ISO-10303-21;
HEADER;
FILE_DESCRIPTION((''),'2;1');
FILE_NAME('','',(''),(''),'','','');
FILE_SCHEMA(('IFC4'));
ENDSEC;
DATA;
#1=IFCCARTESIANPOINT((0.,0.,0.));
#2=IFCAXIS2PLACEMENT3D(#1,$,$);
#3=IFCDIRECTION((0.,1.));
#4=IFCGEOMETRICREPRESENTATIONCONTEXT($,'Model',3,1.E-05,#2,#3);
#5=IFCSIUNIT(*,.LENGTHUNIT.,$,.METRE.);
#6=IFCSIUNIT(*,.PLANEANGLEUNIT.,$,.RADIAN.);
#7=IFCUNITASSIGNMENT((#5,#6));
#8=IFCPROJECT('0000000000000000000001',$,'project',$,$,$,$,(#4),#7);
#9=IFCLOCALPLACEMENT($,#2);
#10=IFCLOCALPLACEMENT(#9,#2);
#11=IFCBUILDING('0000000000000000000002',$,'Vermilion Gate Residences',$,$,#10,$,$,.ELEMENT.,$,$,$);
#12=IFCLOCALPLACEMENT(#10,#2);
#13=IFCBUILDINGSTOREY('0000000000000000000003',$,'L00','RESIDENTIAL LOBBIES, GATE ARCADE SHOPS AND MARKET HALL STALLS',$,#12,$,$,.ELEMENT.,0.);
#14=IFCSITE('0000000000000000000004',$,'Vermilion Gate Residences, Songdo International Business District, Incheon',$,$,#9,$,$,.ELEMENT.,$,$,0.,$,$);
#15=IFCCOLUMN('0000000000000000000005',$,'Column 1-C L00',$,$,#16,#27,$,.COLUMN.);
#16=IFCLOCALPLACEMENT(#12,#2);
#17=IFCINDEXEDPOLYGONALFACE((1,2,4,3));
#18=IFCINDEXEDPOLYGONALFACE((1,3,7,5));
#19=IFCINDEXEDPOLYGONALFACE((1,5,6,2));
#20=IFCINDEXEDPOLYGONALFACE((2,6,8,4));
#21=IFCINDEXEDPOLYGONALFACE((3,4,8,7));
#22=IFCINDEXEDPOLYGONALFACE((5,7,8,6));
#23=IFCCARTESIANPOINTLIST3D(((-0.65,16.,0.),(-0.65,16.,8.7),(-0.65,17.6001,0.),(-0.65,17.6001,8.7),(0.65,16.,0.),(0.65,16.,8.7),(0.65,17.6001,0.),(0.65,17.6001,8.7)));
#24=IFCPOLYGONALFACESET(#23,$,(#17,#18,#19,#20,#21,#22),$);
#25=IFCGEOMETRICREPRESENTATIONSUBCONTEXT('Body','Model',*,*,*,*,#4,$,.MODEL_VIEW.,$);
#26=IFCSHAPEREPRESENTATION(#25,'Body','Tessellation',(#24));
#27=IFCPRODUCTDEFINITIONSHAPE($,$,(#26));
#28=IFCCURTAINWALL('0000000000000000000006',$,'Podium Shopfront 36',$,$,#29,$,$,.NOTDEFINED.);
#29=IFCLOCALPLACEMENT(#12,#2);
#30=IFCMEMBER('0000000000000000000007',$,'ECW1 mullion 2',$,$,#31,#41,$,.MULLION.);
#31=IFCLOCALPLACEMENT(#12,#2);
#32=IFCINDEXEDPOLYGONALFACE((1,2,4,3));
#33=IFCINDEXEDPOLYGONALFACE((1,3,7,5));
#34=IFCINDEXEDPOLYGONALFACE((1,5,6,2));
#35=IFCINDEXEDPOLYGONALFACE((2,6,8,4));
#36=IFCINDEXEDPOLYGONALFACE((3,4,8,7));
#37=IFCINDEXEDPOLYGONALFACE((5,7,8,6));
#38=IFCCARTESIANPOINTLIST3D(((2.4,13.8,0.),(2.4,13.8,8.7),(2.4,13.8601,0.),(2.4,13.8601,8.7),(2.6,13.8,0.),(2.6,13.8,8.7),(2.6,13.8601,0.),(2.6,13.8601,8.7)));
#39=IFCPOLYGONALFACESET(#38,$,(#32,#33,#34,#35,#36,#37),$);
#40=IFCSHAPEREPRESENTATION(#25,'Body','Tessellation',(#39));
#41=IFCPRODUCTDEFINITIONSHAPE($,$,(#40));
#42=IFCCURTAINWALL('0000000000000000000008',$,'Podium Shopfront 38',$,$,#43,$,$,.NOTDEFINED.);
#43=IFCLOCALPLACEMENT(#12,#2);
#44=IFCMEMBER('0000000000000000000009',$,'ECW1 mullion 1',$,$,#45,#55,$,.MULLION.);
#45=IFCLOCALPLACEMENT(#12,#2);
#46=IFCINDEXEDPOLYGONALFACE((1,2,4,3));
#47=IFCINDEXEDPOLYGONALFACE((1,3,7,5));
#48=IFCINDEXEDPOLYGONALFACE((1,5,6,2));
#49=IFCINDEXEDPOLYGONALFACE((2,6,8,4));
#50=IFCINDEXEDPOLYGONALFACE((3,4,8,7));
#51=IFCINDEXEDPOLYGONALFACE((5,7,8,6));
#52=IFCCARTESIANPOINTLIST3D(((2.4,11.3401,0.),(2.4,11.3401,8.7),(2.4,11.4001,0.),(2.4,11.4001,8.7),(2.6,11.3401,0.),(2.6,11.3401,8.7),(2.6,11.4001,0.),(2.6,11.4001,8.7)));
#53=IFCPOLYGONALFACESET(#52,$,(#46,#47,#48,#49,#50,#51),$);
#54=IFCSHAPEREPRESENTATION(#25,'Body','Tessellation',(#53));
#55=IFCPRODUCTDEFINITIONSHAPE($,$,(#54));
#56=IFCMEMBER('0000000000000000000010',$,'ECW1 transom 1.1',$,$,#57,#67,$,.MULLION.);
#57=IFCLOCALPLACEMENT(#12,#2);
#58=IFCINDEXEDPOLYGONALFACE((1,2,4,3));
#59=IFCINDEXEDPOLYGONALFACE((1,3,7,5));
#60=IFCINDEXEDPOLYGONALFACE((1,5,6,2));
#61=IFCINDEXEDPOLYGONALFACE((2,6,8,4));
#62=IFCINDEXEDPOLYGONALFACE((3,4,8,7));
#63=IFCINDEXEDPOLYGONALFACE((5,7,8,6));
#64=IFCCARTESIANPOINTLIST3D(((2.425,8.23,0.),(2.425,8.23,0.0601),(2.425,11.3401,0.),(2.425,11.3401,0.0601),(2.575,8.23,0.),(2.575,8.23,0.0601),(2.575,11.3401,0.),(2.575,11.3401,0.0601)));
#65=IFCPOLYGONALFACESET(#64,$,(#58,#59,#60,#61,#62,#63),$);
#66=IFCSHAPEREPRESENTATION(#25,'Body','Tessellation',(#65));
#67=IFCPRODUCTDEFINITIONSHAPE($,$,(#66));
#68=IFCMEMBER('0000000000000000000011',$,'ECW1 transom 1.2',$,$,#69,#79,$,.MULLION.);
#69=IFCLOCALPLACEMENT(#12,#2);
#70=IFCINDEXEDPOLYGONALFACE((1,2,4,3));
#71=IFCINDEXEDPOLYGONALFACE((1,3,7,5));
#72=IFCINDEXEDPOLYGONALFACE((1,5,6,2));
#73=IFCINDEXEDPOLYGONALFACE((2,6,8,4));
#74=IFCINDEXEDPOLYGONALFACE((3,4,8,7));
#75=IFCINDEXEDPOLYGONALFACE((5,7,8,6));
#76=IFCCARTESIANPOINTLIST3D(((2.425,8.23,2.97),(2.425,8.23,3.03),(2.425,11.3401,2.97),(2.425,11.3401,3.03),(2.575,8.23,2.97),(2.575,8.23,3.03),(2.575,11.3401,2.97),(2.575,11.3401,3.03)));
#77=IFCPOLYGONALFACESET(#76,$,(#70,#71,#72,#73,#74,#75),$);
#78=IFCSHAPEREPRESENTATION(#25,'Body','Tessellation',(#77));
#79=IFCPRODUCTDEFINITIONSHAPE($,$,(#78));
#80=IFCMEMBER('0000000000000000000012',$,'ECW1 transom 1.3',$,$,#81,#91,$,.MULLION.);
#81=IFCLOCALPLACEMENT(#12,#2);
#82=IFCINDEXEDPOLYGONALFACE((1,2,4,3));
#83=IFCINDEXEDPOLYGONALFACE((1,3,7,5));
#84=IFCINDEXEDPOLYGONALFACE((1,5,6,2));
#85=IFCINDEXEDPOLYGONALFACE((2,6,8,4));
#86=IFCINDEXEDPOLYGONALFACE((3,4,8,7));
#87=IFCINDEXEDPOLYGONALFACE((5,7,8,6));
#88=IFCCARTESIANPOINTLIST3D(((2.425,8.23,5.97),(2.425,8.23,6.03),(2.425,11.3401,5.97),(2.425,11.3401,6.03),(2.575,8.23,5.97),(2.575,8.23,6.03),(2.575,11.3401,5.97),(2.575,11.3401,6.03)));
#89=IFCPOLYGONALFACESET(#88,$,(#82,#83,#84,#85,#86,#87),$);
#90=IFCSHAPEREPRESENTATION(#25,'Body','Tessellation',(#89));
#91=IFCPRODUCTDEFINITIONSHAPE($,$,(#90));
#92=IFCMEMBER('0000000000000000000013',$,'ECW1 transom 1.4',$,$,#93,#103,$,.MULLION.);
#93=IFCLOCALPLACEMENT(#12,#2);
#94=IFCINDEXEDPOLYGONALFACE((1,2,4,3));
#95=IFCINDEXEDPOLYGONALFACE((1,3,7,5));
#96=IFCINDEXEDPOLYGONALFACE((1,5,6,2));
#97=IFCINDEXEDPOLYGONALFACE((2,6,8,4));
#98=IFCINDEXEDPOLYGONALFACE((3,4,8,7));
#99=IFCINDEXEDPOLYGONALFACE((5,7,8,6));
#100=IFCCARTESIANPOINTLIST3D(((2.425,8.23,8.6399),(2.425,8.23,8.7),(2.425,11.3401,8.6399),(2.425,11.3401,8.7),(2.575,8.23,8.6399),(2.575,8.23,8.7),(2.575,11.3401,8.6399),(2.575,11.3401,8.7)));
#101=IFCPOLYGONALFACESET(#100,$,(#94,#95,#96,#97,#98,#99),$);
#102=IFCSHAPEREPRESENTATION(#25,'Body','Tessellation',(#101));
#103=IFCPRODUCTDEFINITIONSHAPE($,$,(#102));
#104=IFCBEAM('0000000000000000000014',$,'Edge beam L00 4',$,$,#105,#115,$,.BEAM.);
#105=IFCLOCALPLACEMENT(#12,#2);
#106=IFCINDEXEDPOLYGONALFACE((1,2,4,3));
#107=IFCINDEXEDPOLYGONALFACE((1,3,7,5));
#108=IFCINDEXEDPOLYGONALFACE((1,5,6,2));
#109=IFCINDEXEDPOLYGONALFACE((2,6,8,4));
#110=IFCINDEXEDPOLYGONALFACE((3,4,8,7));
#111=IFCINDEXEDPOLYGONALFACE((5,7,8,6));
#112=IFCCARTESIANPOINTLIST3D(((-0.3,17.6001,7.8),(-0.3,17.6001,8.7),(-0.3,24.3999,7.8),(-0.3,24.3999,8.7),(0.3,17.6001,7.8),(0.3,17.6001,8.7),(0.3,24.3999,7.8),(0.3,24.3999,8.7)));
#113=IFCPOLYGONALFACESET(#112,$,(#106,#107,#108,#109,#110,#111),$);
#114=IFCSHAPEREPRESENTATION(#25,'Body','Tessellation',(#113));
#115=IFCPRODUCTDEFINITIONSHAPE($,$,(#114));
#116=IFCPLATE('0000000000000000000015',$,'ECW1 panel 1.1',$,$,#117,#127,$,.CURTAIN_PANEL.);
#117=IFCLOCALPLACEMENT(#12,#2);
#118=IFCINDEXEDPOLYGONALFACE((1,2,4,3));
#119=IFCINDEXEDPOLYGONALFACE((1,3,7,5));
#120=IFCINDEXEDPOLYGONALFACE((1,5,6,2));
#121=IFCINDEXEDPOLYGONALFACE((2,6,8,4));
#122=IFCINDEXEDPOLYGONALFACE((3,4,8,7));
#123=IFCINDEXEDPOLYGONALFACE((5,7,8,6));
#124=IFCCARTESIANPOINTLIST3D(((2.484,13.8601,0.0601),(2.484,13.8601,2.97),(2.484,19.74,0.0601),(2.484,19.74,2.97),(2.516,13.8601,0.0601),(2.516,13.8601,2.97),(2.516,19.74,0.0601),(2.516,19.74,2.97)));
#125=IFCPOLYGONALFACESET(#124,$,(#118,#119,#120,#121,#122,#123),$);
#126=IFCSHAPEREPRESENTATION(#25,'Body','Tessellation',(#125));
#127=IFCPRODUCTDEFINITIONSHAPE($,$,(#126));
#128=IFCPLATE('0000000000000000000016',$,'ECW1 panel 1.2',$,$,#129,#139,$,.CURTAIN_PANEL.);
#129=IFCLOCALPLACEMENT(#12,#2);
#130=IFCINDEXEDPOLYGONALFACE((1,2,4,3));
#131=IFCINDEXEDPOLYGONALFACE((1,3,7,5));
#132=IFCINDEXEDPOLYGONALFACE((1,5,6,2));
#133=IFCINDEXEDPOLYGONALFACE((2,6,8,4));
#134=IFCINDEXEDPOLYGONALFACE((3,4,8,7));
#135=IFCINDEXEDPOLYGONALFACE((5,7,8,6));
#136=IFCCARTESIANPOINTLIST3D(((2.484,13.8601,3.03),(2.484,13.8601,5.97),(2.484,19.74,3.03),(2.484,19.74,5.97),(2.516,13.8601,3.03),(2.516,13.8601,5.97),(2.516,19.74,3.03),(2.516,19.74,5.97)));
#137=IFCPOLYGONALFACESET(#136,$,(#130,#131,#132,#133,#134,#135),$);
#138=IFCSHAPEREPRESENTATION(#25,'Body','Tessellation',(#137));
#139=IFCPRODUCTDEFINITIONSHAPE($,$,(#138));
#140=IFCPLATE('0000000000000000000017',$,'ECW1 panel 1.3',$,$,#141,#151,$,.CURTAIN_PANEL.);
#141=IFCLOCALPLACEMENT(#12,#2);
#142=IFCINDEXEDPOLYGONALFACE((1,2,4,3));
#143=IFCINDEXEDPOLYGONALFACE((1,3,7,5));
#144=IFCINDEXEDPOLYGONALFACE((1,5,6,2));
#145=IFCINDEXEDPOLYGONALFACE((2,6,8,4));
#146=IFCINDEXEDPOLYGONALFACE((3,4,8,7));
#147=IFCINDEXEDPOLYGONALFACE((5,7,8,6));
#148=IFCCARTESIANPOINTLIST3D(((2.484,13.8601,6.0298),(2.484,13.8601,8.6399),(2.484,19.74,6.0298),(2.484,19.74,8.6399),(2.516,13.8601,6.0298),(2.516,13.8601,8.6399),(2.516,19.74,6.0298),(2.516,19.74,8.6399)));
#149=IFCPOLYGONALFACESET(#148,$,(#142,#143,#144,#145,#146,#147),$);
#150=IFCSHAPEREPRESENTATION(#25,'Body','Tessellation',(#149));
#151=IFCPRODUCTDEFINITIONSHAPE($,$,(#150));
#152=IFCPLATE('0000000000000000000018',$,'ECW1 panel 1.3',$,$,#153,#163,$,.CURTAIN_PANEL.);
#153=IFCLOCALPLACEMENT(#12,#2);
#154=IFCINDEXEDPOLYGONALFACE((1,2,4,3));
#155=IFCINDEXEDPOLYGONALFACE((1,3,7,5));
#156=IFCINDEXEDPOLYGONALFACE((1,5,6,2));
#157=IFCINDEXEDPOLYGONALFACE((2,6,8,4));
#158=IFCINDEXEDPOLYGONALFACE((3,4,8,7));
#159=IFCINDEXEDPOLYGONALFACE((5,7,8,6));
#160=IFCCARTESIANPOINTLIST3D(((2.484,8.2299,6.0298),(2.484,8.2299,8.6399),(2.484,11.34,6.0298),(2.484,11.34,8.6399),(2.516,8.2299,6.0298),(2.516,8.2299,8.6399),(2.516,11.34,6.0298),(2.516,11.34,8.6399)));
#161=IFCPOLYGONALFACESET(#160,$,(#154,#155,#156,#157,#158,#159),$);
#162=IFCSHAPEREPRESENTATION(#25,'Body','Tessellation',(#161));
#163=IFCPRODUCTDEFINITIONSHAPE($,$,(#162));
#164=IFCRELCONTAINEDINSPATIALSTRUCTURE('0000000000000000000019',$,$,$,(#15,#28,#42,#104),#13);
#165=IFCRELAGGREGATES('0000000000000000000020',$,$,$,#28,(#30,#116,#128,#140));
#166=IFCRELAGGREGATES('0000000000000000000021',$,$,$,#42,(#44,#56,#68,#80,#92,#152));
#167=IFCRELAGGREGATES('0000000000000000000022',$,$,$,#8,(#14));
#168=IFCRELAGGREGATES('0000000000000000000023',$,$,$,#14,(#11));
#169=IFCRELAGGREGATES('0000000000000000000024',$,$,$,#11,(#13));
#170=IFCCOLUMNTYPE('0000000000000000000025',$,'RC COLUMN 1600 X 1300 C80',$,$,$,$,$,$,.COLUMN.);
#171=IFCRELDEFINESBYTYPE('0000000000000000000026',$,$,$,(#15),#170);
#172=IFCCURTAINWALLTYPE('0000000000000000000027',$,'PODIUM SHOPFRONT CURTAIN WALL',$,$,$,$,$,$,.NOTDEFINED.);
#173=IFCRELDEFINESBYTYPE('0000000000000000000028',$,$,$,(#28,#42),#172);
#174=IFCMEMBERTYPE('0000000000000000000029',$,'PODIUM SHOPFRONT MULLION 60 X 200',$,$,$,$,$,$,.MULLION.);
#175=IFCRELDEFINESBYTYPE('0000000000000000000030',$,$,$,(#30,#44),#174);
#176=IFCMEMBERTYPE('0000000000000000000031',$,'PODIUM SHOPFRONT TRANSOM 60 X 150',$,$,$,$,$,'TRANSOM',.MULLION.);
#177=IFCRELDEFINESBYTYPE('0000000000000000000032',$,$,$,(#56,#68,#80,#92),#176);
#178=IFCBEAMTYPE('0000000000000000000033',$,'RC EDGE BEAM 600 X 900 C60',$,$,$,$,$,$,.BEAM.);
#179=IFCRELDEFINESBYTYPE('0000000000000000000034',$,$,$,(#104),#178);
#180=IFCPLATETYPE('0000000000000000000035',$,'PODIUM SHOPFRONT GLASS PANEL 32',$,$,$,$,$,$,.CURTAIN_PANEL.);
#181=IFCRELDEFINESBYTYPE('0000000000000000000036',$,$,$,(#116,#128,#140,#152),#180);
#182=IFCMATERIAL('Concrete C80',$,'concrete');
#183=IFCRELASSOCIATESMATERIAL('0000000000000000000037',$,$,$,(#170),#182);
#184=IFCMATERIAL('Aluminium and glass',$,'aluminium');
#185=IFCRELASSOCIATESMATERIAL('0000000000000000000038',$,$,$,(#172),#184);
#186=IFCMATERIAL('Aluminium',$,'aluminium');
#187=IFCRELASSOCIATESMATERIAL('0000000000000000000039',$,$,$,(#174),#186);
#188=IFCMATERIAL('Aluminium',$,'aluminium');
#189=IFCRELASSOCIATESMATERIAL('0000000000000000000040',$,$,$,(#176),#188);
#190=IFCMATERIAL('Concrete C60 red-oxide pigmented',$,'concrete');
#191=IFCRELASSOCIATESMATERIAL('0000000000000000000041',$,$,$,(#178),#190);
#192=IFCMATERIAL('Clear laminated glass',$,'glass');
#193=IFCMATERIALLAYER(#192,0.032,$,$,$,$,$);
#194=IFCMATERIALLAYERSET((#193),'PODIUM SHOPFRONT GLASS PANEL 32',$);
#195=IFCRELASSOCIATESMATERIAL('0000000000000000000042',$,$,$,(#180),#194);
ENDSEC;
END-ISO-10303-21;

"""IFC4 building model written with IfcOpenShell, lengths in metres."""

from ifc_helpers import new_model, si_unit, direction, frame, origin, origin_2d, place, context, subcontext, project, spatial, rectangle, extrude, material, layer, layer_set, material_profile, profile_set, type_object, element, aggregate, save


model = new_model("IFC4")

# Units and contexts
model_context = context("Model", 3, precision=1e-05, world=origin(), true_north=direction((0.0, 1.0)))
body_context = subcontext(model_context, "Body", "Model", "MODEL_VIEW")
ifc_project = project(units=[si_unit("LENGTHUNIT", "METRE"), si_unit("PLANEANGLEUNIT", "RADIAN")], contexts=[model_context])

# Site, building, storey
site_placement = place(None, origin())
site = spatial("IfcSite", under=ifc_project, at=site_placement, Name="Vermilion Gate Residences, Songdo International Business District, Incheon", CompositionType="ELEMENT", RefElevation=0.0)
building_placement = place(site_placement, origin())
building = spatial("IfcBuilding", under=site, at=building_placement, Name="Vermilion Gate Residences", CompositionType="ELEMENT")
storey_placement = place(building_placement, origin())
storey = spatial("IfcBuildingStorey", under=building, at=storey_placement, Name="L00", Description="RESIDENTIAL LOBBIES, GATE ARCADE SHOPS AND MARKET HALL STALLS", CompositionType="ELEMENT", Elevation=0.0)

# Column
ifc_material_1 = material(Name="Concrete C80", Category="concrete")
ifc_material_profile_1 = material_profile(ifc_material_1, rectangle(XDim=1.6001, YDim=1.3, at=origin_2d()), Name="RC-1600x1300")
ifc_profile_set_1 = profile_set([ifc_material_profile_1], Name="Concrete C80")
column_type = type_object("IfcColumnType", Name="RC COLUMN 1600 X 1300 C80", PredefinedType="COLUMN", material=ifc_profile_set_1)
column_placement = place(storey_placement, frame((0.0, 16.8, 0.0), z_axis=(0.0, 0.0, 1.0), x_axis=(0.0, 1.0, 0.0)))
element("IfcColumn", 1, at=column_placement, inside=storey, type_object=column_type, Name="Column 1-C L00", PredefinedType="COLUMN", context=body_context, shape_type="SweptSolid", body=[
    extrude(rectangle(XDim=1.6001, YDim=1.3, at=origin_2d()), origin(), (0.0, 0.0, 1.0), 8.7),
])

# Curtain wall, member
ifc_material_2 = material(Name="Aluminium and glass", Category="aluminium")
curtain_wall_type = type_object("IfcCurtainWallType", Name="PODIUM SHOPFRONT CURTAIN WALL", PredefinedType="NOTDEFINED", material=ifc_material_2)
curtain_wall_1_placement = place(storey_placement, origin())
curtain_wall_1 = element("IfcCurtainWall", 2, at=curtain_wall_1_placement, inside=storey, type_object=curtain_wall_type, Name="Podium Shopfront 36", PredefinedType="NOTDEFINED")
ifc_material_3 = material(Name="Aluminium", Category="aluminium")
ifc_material_profile_2 = material_profile(ifc_material_3, rectangle(XDim=0.2, YDim=0.0601, at=origin_2d()), Name="MULLION 60 X 200")
ifc_profile_set_2 = profile_set([ifc_material_profile_2], Name="Aluminium")
member_type_1 = type_object("IfcMemberType", Name="PODIUM SHOPFRONT MULLION 60 X 200", PredefinedType="MULLION", material=ifc_profile_set_2)
member_1_placement = place(storey_placement, frame((2.5, 13.8301, 0.0), z_axis=(0.0, 0.0, 1.0), x_axis=(1.0, 0.0, 0.0)))
member_1 = element("IfcMember", 3, at=member_1_placement, type_object=member_type_1, Name="ECW1 mullion 2", PredefinedType="MULLION", context=body_context, shape_type="SweptSolid", body=[
    extrude(rectangle(XDim=0.2, YDim=0.0601, at=origin_2d()), origin(), (0.0, 0.0, 1.0), 8.7),
])

# Curtain wall, members
curtain_wall_2_placement = place(storey_placement, origin())
curtain_wall_2 = element("IfcCurtainWall", 4, at=curtain_wall_2_placement, inside=storey, type_object=curtain_wall_type, Name="Podium Shopfront 38", PredefinedType="NOTDEFINED")
member_2_placement = place(storey_placement, frame((2.5, 11.3701, 0.0), z_axis=(0.0, 0.0, 1.0), x_axis=(1.0, 0.0, 0.0)))
member_2 = element("IfcMember", 5, at=member_2_placement, type_object=member_type_1, Name="ECW1 mullion 1", PredefinedType="MULLION", context=body_context, shape_type="SweptSolid", body=[
    extrude(rectangle(XDim=0.2, YDim=0.0601, at=origin_2d()), origin(), (0.0, 0.0, 1.0), 8.7),
])
ifc_material_4 = material(Name="Aluminium", Category="aluminium")
ifc_material_profile_3 = material_profile(ifc_material_4, rectangle(XDim=0.1499, YDim=0.0601, at=origin_2d()), Name="TRANSOM 60 X 150")
ifc_profile_set_3 = profile_set([ifc_material_profile_3], Name="Aluminium")
member_type_2 = type_object("IfcMemberType", Name="PODIUM SHOPFRONT TRANSOM 60 X 150", ElementType="TRANSOM", PredefinedType="MULLION", material=ifc_profile_set_3)
member_3_placement = place(storey_placement, frame((2.5, 11.3401, 0.03), z_axis=(0.0, -1.0, 0.0), x_axis=(1.0, 0.0, 0.0)))
member_3 = element("IfcMember", 6, at=member_3_placement, type_object=member_type_2, Name="ECW1 transom 1.1", PredefinedType="MULLION", context=body_context, shape_type="SweptSolid", body=[
    extrude(rectangle(XDim=0.1499, YDim=0.0601, at=origin_2d()), origin(), (0.0, 0.0, 1.0), 3.1101),
])
member_4_placement = place(storey_placement, frame((2.5, 11.3401, 3.0), z_axis=(0.0, -1.0, 0.0), x_axis=(1.0, 0.0, 0.0)))
member_4 = element("IfcMember", 7, at=member_4_placement, type_object=member_type_2, Name="ECW1 transom 1.2", PredefinedType="MULLION", context=body_context, shape_type="SweptSolid", body=[
    extrude(rectangle(XDim=0.1499, YDim=0.0601, at=origin_2d()), origin(), (0.0, 0.0, 1.0), 3.1101),
])
member_5_placement = place(storey_placement, frame((2.5, 11.3401, 6.0), z_axis=(0.0, -1.0, 0.0), x_axis=(1.0, 0.0, 0.0)))
member_5 = element("IfcMember", 8, at=member_5_placement, type_object=member_type_2, Name="ECW1 transom 1.3", PredefinedType="MULLION", context=body_context, shape_type="SweptSolid", body=[
    extrude(rectangle(XDim=0.1499, YDim=0.0601, at=origin_2d()), origin(), (0.0, 0.0, 1.0), 3.1101),
])
member_6_placement = place(storey_placement, frame((2.5, 11.3401, 8.6699), z_axis=(0.0, -1.0, 0.0), x_axis=(1.0, 0.0, 0.0)))
member_6 = element("IfcMember", 9, at=member_6_placement, type_object=member_type_2, Name="ECW1 transom 1.4", PredefinedType="MULLION", context=body_context, shape_type="SweptSolid", body=[
    extrude(rectangle(XDim=0.1499, YDim=0.0601, at=origin_2d()), origin(), (0.0, 0.0, 1.0), 3.1101),
])

# Beam
ifc_material_5 = material(Name="Concrete C60 red-oxide pigmented", Category="concrete")
ifc_material_profile_4 = material_profile(ifc_material_5, rectangle(XDim=0.6001, YDim=0.8999, at=origin_2d()), Name="RC-600x900")
ifc_profile_set_4 = profile_set([ifc_material_profile_4], Name="Concrete C60 red-oxide pigmented")
beam_type = type_object("IfcBeamType", Name="RC EDGE BEAM 600 X 900 C60", PredefinedType="BEAM", material=ifc_profile_set_4)
beam_placement = place(storey_placement, frame((0.0, 17.6001, 8.25), z_axis=(0.0, 1.0, 0.0), x_axis=(-1.0, 0.0, 0.0)))
element("IfcBeam", 10, at=beam_placement, inside=storey, type_object=beam_type, Name="Edge beam L00 4", PredefinedType="BEAM", context=body_context, shape_type="SweptSolid", body=[
    extrude(rectangle(XDim=0.6001, YDim=0.8999, at=origin_2d()), origin(), (0.0, 0.0, 1.0), 6.7998),
])

# Plates
ifc_material_6 = material(Name="Clear laminated glass", Category="glass")
ifc_layer_1 = layer(ifc_material_6, 0.032)
ifc_layer_set_1 = layer_set([ifc_layer_1], Name="PODIUM SHOPFRONT GLASS PANEL 32")
plate_type = type_object("IfcPlateType", Name="PODIUM SHOPFRONT GLASS PANEL 32", PredefinedType="CURTAIN_PANEL", material=ifc_layer_set_1)
plate_1_placement = place(storey_placement, frame((2.5, 16.8, 0.0601), z_axis=(0.0, 0.0, 1.0), x_axis=(0.0, -1.0, 0.0)))
plate_1 = element("IfcPlate", 11, at=plate_1_placement, type_object=plate_type, Name="ECW1 panel 1.1", PredefinedType="CURTAIN_PANEL", context=body_context, shape_type="SweptSolid", body=[
    extrude(rectangle(XDim=5.8799, YDim=0.032, at=origin_2d()), origin(), (0.0, 0.0, 1.0), 2.9099),
])
plate_2_placement = place(storey_placement, frame((2.5, 16.8, 3.03), z_axis=(0.0, 0.0, 1.0), x_axis=(0.0, -1.0, 0.0)))
plate_2 = element("IfcPlate", 12, at=plate_2_placement, type_object=plate_type, Name="ECW1 panel 1.2", PredefinedType="CURTAIN_PANEL", context=body_context, shape_type="SweptSolid", body=[
    extrude(rectangle(XDim=5.8799, YDim=0.032, at=origin_2d()), origin(), (0.0, 0.0, 1.0), 2.9399),
])
plate_3_placement = place(storey_placement, frame((2.5, 16.8, 6.0298), z_axis=(0.0, 0.0, 1.0), x_axis=(0.0, -1.0, 0.0)))
plate_3 = element("IfcPlate", 13, at=plate_3_placement, type_object=plate_type, Name="ECW1 panel 1.3", PredefinedType="CURTAIN_PANEL", context=body_context, shape_type="SweptSolid", body=[
    extrude(rectangle(XDim=5.8799, YDim=0.032, at=origin_2d()), origin(), (0.0, 0.0, 1.0), 2.6101),
])
aggregate(curtain_wall_1, [member_1, plate_1, plate_2, plate_3])
plate_4_placement = place(storey_placement, frame((2.5, 9.7849, 6.0298), z_axis=(0.0, 0.0, 1.0), x_axis=(0.0, -1.0, 0.0)))
plate_4 = element("IfcPlate", 14, at=plate_4_placement, type_object=plate_type, Name="ECW1 panel 1.3", PredefinedType="CURTAIN_PANEL", context=body_context, shape_type="SweptSolid", body=[
    extrude(rectangle(XDim=3.1101, YDim=0.032, at=origin_2d()), origin(), (0.0, 0.0, 1.0), 2.6101),
])
aggregate(curtain_wall_2, [member_2, member_3, member_4, member_5, member_6, plate_4])

save(model, "model.ifc")
